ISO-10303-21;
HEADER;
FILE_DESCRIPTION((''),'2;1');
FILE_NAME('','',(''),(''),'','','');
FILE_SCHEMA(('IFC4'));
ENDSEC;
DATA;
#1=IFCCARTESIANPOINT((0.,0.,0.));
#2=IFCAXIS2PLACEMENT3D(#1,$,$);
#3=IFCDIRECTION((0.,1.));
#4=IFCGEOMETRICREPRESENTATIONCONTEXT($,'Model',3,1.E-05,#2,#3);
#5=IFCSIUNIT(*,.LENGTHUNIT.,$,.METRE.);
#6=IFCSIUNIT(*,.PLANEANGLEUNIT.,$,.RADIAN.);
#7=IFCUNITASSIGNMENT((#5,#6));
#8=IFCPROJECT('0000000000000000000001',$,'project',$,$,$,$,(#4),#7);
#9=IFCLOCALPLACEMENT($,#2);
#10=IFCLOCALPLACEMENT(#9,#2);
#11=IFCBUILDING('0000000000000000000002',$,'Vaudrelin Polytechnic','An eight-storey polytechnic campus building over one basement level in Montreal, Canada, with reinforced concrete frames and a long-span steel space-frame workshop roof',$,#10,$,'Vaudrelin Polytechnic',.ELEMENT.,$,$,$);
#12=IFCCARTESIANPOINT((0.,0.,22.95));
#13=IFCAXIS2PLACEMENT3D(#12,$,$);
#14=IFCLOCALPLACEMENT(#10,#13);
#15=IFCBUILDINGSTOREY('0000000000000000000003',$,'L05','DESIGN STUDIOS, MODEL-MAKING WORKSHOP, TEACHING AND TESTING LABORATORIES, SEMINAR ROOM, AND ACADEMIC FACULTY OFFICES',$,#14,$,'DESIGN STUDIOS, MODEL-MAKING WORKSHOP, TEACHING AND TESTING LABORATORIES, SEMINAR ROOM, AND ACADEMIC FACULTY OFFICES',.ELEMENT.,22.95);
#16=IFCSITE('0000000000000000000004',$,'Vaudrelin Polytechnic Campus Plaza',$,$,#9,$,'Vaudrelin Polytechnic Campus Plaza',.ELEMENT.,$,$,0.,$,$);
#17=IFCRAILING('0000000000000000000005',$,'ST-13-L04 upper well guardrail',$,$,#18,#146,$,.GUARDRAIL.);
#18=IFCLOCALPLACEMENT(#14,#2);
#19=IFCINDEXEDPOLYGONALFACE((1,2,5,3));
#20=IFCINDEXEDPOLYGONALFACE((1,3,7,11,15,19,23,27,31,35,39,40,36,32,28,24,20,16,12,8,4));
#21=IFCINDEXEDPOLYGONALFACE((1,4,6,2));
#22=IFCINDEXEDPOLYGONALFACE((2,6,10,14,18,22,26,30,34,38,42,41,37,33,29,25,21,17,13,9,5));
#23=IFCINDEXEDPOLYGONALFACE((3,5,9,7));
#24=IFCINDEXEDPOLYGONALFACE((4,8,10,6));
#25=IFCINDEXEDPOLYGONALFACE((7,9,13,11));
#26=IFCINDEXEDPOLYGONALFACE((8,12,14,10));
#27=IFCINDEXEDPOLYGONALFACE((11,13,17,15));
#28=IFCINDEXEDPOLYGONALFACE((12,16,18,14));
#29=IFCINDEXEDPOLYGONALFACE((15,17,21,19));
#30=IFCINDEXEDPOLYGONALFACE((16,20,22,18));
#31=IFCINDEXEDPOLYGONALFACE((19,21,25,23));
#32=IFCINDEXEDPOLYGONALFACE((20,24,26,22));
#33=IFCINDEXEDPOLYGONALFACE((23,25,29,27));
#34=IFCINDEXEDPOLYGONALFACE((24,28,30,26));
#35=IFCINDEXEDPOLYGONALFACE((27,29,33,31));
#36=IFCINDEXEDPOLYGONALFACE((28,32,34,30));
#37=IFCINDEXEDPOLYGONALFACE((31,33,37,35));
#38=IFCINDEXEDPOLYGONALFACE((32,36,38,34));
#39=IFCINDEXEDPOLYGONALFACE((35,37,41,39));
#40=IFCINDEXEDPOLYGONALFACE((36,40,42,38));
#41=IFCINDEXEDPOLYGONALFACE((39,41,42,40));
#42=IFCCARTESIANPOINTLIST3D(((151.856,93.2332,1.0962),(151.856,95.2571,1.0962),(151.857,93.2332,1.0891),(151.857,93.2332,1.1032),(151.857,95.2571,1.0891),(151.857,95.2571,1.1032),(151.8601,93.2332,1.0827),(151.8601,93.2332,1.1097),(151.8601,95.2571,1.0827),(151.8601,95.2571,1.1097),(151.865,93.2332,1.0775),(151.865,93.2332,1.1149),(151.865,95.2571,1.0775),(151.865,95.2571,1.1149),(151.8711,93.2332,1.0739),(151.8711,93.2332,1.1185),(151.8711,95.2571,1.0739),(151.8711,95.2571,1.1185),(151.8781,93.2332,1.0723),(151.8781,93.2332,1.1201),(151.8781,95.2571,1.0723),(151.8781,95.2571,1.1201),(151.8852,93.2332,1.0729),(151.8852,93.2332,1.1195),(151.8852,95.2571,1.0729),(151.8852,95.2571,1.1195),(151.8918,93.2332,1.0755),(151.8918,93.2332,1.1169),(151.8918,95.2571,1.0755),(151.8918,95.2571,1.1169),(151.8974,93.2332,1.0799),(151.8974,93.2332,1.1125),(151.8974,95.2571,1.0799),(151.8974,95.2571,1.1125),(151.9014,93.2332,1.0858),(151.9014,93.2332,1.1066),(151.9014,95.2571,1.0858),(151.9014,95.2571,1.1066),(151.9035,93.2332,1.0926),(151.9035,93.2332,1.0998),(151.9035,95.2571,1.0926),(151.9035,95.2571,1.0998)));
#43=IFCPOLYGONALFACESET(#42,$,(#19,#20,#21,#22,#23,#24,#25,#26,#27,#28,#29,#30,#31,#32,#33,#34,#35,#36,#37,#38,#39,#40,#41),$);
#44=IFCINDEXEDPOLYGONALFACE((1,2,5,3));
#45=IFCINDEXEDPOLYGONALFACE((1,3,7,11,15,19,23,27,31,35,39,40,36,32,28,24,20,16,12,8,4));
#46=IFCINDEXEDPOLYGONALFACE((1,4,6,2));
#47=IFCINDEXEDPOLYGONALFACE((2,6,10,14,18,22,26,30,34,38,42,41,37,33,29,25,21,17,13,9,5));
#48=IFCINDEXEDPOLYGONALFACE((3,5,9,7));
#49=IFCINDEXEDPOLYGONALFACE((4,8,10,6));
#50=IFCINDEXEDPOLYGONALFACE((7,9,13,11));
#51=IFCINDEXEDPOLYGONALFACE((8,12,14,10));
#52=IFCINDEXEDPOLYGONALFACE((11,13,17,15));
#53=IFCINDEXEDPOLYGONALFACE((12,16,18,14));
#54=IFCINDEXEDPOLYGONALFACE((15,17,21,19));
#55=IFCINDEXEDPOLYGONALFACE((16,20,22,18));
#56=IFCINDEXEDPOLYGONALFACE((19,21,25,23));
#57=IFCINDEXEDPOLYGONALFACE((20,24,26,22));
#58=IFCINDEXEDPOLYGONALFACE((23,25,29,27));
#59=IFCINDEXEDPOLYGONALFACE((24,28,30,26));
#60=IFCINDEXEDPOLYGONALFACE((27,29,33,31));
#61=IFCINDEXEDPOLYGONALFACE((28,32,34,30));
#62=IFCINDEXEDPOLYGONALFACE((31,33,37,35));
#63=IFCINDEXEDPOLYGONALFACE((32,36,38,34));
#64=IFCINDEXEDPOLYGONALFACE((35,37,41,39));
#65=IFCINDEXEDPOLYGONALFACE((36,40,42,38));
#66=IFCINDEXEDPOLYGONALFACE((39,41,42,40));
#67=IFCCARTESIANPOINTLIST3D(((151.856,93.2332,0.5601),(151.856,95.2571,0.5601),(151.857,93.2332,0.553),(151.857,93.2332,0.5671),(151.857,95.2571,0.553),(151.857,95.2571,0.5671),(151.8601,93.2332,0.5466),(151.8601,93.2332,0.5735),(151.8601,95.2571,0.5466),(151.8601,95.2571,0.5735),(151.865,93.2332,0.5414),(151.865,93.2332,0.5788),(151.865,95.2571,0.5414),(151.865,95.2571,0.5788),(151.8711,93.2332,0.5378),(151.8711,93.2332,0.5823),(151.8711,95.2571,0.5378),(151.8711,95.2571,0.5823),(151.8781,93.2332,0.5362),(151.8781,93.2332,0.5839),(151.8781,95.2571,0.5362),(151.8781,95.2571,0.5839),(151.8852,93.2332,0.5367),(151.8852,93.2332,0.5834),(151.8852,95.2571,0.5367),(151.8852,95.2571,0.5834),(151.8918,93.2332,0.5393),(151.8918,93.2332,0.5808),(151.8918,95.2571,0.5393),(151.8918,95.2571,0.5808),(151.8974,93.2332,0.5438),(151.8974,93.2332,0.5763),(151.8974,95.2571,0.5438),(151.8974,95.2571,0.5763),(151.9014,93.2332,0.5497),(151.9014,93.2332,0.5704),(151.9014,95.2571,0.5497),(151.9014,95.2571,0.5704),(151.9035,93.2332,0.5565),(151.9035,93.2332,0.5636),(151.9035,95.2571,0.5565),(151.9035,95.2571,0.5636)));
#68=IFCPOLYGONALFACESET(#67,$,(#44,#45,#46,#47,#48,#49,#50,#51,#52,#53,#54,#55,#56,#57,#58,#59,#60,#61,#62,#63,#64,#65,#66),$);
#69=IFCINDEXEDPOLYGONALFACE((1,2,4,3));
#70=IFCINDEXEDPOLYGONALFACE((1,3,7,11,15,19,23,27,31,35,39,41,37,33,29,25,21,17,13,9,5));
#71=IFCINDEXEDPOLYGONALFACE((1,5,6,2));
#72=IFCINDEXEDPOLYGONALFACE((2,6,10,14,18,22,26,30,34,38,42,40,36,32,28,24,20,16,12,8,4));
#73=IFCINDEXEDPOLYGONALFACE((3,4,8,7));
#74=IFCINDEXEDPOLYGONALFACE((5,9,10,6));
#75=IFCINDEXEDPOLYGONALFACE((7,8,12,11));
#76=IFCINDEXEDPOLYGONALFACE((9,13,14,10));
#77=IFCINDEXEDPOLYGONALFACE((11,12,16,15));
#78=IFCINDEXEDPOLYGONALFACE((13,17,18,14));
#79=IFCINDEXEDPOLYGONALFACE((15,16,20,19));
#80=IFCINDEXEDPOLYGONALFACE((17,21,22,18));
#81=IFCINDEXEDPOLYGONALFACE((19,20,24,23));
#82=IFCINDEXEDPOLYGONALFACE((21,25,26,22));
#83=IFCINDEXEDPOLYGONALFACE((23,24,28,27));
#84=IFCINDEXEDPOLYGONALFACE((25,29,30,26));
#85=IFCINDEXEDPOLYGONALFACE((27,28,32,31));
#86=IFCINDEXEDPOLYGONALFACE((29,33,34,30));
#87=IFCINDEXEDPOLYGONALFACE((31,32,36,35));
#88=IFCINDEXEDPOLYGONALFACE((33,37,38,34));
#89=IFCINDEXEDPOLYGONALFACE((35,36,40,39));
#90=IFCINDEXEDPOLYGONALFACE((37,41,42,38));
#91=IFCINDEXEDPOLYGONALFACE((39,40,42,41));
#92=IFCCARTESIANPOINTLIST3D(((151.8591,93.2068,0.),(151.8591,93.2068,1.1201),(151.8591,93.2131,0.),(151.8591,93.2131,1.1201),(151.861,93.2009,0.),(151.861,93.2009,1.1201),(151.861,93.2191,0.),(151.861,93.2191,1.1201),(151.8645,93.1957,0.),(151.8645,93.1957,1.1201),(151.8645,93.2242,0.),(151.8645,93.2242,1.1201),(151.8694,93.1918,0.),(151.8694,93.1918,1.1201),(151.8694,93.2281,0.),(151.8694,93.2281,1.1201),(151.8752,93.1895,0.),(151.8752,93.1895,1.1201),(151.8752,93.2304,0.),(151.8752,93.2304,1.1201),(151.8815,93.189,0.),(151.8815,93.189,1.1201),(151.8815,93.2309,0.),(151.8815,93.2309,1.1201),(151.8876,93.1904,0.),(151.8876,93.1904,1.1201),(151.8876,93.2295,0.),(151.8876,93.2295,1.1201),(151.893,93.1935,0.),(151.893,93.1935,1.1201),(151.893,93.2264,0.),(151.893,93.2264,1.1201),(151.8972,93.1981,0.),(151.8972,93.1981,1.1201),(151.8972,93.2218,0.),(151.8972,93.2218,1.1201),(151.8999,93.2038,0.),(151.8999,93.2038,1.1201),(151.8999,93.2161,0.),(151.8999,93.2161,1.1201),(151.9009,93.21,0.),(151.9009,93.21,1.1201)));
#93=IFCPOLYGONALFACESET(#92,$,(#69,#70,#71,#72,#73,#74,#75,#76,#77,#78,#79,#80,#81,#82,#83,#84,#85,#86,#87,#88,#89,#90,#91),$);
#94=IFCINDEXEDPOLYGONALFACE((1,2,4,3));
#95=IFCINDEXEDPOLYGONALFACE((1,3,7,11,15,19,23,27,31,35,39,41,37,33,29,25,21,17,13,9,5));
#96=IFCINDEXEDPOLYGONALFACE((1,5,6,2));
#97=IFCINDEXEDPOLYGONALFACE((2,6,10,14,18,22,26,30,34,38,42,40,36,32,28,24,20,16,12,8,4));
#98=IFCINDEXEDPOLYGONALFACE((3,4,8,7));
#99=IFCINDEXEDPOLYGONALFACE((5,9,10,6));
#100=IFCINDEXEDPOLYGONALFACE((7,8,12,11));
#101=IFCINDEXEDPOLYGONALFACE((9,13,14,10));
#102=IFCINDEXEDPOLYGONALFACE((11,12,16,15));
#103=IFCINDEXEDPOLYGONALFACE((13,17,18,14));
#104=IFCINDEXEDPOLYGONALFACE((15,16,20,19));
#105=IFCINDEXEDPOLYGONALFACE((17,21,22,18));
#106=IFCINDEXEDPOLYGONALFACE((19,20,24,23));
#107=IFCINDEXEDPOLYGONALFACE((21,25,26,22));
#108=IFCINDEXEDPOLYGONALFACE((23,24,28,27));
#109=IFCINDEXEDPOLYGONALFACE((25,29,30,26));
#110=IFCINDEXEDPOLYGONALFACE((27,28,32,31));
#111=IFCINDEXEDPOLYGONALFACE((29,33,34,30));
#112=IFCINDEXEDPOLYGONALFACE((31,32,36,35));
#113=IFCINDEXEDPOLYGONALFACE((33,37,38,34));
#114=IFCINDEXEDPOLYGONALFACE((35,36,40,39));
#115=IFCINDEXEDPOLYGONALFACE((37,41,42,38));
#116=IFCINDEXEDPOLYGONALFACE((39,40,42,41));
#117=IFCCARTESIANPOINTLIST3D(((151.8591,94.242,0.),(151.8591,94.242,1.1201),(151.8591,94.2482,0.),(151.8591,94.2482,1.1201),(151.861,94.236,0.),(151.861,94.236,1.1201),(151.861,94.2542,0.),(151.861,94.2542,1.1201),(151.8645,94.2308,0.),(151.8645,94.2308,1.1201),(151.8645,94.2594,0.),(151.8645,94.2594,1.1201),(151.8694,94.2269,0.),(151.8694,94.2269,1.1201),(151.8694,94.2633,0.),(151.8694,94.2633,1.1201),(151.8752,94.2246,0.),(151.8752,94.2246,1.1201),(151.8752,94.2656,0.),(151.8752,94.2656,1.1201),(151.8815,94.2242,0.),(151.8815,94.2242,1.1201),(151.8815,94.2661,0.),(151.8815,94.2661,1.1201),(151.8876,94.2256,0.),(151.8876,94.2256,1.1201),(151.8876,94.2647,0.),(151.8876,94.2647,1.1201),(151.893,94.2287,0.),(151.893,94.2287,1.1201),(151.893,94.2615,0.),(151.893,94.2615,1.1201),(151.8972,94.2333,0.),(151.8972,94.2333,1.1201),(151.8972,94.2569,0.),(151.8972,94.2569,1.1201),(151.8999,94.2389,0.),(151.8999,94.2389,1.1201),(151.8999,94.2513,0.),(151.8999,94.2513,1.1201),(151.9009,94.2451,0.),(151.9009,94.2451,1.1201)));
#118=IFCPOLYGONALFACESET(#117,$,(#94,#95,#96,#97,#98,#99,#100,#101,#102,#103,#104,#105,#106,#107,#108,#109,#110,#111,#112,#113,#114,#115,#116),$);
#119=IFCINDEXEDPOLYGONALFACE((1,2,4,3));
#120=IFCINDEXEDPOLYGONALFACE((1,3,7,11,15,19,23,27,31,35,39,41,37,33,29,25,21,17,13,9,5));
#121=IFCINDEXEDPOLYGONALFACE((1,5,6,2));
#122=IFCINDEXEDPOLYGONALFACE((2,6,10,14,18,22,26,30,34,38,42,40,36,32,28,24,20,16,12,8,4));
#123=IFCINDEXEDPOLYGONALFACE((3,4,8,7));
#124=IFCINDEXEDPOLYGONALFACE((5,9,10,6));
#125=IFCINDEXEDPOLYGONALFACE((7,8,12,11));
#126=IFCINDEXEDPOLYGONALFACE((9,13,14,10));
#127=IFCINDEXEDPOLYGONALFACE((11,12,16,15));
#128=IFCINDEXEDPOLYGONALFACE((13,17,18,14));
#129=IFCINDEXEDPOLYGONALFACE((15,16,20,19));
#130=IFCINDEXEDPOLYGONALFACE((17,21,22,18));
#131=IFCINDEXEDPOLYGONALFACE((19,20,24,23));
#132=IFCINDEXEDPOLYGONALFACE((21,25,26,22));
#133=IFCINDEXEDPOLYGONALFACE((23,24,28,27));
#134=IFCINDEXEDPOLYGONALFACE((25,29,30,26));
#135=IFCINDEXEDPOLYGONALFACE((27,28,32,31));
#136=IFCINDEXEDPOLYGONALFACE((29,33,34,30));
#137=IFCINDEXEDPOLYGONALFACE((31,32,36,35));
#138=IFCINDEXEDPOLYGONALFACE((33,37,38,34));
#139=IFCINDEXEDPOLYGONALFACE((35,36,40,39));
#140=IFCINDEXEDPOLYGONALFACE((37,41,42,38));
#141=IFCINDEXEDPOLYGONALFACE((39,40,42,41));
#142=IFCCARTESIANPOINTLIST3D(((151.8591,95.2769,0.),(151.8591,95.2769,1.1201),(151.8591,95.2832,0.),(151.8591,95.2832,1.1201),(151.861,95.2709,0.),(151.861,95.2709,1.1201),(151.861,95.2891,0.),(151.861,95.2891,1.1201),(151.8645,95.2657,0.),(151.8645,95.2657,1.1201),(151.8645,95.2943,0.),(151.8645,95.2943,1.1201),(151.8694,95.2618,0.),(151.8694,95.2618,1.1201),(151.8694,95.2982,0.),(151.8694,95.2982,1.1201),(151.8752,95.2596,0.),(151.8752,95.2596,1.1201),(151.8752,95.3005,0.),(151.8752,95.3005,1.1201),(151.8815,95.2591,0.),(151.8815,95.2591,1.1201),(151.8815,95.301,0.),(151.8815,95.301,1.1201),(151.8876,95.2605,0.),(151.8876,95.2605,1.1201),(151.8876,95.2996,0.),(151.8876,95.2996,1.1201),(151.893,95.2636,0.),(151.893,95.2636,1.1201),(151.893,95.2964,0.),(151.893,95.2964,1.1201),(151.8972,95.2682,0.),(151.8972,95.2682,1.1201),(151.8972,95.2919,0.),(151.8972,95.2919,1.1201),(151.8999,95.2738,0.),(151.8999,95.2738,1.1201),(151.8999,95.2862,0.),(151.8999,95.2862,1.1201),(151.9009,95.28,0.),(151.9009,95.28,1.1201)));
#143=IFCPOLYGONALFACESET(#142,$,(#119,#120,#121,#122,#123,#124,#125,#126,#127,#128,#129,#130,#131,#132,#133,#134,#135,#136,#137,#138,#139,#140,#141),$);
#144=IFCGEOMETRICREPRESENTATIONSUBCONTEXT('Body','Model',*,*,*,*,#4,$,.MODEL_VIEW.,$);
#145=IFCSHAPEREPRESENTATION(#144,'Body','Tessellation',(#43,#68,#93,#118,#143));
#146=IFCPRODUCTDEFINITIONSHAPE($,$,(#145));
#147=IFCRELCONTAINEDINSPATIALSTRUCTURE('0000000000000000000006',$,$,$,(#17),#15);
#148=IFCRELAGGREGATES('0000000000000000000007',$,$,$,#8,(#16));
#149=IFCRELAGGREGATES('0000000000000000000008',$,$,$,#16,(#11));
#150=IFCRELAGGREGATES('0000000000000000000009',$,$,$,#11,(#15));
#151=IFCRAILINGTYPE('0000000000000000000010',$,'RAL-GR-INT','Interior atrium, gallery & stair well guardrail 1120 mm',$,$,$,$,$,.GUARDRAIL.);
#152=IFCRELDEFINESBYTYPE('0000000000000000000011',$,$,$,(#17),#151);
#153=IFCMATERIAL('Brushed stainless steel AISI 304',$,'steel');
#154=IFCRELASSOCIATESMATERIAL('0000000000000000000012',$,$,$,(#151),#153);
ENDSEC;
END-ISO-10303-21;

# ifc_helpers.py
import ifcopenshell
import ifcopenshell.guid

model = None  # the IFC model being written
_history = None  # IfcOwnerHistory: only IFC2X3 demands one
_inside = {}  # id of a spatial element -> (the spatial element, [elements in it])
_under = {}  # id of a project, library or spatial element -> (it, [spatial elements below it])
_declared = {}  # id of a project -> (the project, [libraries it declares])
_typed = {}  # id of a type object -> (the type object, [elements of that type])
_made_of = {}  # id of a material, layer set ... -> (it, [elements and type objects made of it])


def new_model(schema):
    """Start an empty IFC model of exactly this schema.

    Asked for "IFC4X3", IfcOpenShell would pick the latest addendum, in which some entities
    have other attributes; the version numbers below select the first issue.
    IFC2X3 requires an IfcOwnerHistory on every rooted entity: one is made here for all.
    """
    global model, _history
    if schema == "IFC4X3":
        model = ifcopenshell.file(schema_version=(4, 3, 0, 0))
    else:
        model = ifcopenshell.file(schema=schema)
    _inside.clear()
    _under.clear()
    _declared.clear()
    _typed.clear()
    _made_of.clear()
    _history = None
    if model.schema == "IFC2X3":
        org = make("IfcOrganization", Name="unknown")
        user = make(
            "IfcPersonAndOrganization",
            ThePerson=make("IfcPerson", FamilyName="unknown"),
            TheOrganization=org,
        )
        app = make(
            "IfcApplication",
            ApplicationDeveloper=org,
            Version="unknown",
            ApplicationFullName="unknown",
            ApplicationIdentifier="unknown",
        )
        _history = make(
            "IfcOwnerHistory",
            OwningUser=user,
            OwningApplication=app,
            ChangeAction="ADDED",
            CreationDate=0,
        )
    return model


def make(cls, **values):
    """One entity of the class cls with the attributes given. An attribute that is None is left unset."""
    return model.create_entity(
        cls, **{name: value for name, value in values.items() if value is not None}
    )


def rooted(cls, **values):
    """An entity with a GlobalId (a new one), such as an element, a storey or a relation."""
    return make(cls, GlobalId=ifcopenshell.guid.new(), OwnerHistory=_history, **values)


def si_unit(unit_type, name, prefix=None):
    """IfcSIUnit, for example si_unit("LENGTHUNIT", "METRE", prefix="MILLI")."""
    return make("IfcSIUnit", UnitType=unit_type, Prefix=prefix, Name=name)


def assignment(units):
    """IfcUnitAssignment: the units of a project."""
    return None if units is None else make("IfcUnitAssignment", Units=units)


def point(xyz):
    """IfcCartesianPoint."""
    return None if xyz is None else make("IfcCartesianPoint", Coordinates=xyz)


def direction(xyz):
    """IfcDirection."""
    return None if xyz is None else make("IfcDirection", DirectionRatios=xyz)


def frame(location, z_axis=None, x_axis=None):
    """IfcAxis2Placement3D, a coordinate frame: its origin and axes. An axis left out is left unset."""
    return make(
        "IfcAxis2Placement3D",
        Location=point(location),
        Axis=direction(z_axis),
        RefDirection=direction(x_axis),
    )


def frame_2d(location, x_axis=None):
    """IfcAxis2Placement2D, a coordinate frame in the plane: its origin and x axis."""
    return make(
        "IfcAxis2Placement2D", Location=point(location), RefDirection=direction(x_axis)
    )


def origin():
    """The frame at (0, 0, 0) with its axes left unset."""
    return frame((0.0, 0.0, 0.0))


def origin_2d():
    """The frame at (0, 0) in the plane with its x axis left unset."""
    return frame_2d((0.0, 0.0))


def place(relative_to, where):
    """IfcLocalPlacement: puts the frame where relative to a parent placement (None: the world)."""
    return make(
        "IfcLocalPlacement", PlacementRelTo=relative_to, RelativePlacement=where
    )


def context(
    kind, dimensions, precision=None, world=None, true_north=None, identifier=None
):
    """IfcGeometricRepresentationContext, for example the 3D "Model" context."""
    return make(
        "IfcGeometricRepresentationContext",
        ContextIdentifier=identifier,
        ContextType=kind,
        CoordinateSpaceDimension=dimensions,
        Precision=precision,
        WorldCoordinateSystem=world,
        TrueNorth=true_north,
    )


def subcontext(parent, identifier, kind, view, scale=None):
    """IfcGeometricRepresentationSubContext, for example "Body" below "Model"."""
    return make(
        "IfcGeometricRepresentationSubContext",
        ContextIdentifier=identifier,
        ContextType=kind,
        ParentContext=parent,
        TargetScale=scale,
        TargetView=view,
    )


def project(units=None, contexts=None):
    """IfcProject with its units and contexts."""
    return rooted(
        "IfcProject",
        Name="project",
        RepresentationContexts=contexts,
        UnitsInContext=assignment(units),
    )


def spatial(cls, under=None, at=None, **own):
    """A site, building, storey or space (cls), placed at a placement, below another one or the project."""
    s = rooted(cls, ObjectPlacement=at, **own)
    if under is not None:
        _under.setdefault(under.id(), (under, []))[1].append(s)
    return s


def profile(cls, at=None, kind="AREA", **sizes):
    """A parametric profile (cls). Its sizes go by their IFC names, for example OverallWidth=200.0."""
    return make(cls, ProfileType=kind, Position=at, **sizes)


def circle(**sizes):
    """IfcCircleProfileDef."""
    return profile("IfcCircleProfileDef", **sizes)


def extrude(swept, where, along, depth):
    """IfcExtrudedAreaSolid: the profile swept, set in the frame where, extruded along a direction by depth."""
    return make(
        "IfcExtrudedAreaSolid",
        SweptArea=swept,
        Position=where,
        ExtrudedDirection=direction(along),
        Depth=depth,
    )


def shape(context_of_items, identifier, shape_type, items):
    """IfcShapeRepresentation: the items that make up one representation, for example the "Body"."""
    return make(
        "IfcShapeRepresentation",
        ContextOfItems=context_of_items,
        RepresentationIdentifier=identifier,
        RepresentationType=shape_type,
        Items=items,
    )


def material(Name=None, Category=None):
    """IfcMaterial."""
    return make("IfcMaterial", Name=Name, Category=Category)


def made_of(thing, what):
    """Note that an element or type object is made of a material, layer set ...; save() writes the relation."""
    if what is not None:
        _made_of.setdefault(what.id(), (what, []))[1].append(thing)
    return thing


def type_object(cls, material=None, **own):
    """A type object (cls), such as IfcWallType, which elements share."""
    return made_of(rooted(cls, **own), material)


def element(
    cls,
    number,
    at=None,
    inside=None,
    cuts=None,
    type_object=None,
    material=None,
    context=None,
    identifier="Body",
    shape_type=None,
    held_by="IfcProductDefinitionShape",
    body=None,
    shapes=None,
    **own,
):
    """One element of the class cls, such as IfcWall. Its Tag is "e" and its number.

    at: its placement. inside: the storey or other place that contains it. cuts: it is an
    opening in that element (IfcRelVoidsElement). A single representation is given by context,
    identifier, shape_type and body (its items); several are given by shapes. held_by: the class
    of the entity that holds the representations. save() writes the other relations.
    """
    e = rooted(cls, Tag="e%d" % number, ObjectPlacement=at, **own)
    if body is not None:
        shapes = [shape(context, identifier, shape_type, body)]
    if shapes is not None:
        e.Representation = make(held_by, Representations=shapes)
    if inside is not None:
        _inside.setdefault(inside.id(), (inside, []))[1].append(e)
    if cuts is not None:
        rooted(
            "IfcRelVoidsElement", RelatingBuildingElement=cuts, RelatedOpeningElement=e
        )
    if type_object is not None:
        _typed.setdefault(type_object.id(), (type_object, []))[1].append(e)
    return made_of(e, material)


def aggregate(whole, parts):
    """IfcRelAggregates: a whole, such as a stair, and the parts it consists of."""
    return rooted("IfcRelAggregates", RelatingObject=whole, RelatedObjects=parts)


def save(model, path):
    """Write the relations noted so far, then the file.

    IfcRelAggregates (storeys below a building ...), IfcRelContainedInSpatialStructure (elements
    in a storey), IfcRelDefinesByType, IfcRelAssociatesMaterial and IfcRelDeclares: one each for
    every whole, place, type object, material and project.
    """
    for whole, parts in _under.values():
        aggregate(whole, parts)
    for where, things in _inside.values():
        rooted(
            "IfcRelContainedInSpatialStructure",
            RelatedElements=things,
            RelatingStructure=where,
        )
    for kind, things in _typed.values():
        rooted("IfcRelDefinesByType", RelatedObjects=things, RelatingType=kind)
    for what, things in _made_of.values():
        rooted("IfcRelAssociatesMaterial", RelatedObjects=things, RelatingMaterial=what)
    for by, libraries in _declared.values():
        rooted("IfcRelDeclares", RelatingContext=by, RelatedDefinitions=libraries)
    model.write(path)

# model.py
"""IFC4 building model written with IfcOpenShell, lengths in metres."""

from ifc_helpers import new_model, si_unit, direction, frame, origin, origin_2d, place, context, subcontext, project, spatial, circle, extrude, material, type_object, element, save


model = new_model("IFC4")

# Units and contexts
model_context = context("Model", 3, precision=1e-05, world=origin(), true_north=direction((0.0, 1.0)))
body_context = subcontext(model_context, "Body", "Model", "MODEL_VIEW")
ifc_project = project(units=[si_unit("LENGTHUNIT", "METRE"), si_unit("PLANEANGLEUNIT", "RADIAN")], contexts=[model_context])

# Site, building, storey
site_placement = place(None, origin())
site = spatial("IfcSite", under=ifc_project, at=site_placement, Name="Vaudrelin Polytechnic Campus Plaza", LongName="Vaudrelin Polytechnic Campus Plaza", CompositionType="ELEMENT", RefElevation=0.0)
building_placement = place(site_placement, origin())
building = spatial("IfcBuilding", under=site, at=building_placement, Name="Vaudrelin Polytechnic", Description="An eight-storey polytechnic campus building over one basement level in Montreal, Canada, with reinforced concrete frames and a long-span steel space-frame workshop roof", LongName="Vaudrelin Polytechnic", CompositionType="ELEMENT")
storey_placement = place(building_placement, frame((0.0, 0.0, 22.95)))
storey = spatial("IfcBuildingStorey", under=building, at=storey_placement, Name="L05", Description="DESIGN STUDIOS, MODEL-MAKING WORKSHOP, TEACHING AND TESTING LABORATORIES, SEMINAR ROOM, AND ACADEMIC FACULTY OFFICES", LongName="DESIGN STUDIOS, MODEL-MAKING WORKSHOP, TEACHING AND TESTING LABORATORIES, SEMINAR ROOM, AND ACADEMIC FACULTY OFFICES", CompositionType="ELEMENT", Elevation=22.95)

# Shared definitions
ifc_material_1 = material(Name="Brushed stainless steel AISI 304", Category="steel")

# Railing
railing_type_1 = type_object("IfcRailingType", Name="RAL-GR-INT", Description="Interior atrium, gallery & stair well guardrail 1120 mm", PredefinedType="GUARDRAIL", material=ifc_material_1)
railing_1_placement = place(storey_placement, frame((151.8799, 93.21, 0.0)))
element("IfcRailing", 1, at=railing_1_placement, inside=storey, type_object=railing_type_1, Name="ST-13-L04 upper well guardrail", PredefinedType="GUARDRAIL", context=body_context, shape_type="SweptSolid", body=[
    extrude(circle(Radius=0.0239, at=origin_2d()), frame((0.0, 0.0232, 1.0962), z_axis=(0.0, 1.0, 0.0), x_axis=(-1.0, 0.0, 0.0)), (0.0, 0.0, 1.0), 2.0239),
    extrude(circle(Radius=0.0239, at=origin_2d()), frame((0.0, 0.0232, 0.5601), z_axis=(0.0, 1.0, 0.0), x_axis=(-1.0, 0.0, 0.0)), (0.0, 0.0, 1.0), 2.0239),
    extrude(circle(Radius=0.021, at=origin_2d()), origin(), (0.0, 0.0, 1.0), 1.1201),
    extrude(circle(Radius=0.021, at=origin_2d()), frame((0.0, 1.0352, 0.0)), (0.0, 0.0, 1.0), 1.1201),
    extrude(circle(Radius=0.021, at=origin_2d()), frame((0.0, 2.0701, 0.0)), (0.0, 0.0, 1.0), 1.1201),
])

save(model, "model.ifc")
